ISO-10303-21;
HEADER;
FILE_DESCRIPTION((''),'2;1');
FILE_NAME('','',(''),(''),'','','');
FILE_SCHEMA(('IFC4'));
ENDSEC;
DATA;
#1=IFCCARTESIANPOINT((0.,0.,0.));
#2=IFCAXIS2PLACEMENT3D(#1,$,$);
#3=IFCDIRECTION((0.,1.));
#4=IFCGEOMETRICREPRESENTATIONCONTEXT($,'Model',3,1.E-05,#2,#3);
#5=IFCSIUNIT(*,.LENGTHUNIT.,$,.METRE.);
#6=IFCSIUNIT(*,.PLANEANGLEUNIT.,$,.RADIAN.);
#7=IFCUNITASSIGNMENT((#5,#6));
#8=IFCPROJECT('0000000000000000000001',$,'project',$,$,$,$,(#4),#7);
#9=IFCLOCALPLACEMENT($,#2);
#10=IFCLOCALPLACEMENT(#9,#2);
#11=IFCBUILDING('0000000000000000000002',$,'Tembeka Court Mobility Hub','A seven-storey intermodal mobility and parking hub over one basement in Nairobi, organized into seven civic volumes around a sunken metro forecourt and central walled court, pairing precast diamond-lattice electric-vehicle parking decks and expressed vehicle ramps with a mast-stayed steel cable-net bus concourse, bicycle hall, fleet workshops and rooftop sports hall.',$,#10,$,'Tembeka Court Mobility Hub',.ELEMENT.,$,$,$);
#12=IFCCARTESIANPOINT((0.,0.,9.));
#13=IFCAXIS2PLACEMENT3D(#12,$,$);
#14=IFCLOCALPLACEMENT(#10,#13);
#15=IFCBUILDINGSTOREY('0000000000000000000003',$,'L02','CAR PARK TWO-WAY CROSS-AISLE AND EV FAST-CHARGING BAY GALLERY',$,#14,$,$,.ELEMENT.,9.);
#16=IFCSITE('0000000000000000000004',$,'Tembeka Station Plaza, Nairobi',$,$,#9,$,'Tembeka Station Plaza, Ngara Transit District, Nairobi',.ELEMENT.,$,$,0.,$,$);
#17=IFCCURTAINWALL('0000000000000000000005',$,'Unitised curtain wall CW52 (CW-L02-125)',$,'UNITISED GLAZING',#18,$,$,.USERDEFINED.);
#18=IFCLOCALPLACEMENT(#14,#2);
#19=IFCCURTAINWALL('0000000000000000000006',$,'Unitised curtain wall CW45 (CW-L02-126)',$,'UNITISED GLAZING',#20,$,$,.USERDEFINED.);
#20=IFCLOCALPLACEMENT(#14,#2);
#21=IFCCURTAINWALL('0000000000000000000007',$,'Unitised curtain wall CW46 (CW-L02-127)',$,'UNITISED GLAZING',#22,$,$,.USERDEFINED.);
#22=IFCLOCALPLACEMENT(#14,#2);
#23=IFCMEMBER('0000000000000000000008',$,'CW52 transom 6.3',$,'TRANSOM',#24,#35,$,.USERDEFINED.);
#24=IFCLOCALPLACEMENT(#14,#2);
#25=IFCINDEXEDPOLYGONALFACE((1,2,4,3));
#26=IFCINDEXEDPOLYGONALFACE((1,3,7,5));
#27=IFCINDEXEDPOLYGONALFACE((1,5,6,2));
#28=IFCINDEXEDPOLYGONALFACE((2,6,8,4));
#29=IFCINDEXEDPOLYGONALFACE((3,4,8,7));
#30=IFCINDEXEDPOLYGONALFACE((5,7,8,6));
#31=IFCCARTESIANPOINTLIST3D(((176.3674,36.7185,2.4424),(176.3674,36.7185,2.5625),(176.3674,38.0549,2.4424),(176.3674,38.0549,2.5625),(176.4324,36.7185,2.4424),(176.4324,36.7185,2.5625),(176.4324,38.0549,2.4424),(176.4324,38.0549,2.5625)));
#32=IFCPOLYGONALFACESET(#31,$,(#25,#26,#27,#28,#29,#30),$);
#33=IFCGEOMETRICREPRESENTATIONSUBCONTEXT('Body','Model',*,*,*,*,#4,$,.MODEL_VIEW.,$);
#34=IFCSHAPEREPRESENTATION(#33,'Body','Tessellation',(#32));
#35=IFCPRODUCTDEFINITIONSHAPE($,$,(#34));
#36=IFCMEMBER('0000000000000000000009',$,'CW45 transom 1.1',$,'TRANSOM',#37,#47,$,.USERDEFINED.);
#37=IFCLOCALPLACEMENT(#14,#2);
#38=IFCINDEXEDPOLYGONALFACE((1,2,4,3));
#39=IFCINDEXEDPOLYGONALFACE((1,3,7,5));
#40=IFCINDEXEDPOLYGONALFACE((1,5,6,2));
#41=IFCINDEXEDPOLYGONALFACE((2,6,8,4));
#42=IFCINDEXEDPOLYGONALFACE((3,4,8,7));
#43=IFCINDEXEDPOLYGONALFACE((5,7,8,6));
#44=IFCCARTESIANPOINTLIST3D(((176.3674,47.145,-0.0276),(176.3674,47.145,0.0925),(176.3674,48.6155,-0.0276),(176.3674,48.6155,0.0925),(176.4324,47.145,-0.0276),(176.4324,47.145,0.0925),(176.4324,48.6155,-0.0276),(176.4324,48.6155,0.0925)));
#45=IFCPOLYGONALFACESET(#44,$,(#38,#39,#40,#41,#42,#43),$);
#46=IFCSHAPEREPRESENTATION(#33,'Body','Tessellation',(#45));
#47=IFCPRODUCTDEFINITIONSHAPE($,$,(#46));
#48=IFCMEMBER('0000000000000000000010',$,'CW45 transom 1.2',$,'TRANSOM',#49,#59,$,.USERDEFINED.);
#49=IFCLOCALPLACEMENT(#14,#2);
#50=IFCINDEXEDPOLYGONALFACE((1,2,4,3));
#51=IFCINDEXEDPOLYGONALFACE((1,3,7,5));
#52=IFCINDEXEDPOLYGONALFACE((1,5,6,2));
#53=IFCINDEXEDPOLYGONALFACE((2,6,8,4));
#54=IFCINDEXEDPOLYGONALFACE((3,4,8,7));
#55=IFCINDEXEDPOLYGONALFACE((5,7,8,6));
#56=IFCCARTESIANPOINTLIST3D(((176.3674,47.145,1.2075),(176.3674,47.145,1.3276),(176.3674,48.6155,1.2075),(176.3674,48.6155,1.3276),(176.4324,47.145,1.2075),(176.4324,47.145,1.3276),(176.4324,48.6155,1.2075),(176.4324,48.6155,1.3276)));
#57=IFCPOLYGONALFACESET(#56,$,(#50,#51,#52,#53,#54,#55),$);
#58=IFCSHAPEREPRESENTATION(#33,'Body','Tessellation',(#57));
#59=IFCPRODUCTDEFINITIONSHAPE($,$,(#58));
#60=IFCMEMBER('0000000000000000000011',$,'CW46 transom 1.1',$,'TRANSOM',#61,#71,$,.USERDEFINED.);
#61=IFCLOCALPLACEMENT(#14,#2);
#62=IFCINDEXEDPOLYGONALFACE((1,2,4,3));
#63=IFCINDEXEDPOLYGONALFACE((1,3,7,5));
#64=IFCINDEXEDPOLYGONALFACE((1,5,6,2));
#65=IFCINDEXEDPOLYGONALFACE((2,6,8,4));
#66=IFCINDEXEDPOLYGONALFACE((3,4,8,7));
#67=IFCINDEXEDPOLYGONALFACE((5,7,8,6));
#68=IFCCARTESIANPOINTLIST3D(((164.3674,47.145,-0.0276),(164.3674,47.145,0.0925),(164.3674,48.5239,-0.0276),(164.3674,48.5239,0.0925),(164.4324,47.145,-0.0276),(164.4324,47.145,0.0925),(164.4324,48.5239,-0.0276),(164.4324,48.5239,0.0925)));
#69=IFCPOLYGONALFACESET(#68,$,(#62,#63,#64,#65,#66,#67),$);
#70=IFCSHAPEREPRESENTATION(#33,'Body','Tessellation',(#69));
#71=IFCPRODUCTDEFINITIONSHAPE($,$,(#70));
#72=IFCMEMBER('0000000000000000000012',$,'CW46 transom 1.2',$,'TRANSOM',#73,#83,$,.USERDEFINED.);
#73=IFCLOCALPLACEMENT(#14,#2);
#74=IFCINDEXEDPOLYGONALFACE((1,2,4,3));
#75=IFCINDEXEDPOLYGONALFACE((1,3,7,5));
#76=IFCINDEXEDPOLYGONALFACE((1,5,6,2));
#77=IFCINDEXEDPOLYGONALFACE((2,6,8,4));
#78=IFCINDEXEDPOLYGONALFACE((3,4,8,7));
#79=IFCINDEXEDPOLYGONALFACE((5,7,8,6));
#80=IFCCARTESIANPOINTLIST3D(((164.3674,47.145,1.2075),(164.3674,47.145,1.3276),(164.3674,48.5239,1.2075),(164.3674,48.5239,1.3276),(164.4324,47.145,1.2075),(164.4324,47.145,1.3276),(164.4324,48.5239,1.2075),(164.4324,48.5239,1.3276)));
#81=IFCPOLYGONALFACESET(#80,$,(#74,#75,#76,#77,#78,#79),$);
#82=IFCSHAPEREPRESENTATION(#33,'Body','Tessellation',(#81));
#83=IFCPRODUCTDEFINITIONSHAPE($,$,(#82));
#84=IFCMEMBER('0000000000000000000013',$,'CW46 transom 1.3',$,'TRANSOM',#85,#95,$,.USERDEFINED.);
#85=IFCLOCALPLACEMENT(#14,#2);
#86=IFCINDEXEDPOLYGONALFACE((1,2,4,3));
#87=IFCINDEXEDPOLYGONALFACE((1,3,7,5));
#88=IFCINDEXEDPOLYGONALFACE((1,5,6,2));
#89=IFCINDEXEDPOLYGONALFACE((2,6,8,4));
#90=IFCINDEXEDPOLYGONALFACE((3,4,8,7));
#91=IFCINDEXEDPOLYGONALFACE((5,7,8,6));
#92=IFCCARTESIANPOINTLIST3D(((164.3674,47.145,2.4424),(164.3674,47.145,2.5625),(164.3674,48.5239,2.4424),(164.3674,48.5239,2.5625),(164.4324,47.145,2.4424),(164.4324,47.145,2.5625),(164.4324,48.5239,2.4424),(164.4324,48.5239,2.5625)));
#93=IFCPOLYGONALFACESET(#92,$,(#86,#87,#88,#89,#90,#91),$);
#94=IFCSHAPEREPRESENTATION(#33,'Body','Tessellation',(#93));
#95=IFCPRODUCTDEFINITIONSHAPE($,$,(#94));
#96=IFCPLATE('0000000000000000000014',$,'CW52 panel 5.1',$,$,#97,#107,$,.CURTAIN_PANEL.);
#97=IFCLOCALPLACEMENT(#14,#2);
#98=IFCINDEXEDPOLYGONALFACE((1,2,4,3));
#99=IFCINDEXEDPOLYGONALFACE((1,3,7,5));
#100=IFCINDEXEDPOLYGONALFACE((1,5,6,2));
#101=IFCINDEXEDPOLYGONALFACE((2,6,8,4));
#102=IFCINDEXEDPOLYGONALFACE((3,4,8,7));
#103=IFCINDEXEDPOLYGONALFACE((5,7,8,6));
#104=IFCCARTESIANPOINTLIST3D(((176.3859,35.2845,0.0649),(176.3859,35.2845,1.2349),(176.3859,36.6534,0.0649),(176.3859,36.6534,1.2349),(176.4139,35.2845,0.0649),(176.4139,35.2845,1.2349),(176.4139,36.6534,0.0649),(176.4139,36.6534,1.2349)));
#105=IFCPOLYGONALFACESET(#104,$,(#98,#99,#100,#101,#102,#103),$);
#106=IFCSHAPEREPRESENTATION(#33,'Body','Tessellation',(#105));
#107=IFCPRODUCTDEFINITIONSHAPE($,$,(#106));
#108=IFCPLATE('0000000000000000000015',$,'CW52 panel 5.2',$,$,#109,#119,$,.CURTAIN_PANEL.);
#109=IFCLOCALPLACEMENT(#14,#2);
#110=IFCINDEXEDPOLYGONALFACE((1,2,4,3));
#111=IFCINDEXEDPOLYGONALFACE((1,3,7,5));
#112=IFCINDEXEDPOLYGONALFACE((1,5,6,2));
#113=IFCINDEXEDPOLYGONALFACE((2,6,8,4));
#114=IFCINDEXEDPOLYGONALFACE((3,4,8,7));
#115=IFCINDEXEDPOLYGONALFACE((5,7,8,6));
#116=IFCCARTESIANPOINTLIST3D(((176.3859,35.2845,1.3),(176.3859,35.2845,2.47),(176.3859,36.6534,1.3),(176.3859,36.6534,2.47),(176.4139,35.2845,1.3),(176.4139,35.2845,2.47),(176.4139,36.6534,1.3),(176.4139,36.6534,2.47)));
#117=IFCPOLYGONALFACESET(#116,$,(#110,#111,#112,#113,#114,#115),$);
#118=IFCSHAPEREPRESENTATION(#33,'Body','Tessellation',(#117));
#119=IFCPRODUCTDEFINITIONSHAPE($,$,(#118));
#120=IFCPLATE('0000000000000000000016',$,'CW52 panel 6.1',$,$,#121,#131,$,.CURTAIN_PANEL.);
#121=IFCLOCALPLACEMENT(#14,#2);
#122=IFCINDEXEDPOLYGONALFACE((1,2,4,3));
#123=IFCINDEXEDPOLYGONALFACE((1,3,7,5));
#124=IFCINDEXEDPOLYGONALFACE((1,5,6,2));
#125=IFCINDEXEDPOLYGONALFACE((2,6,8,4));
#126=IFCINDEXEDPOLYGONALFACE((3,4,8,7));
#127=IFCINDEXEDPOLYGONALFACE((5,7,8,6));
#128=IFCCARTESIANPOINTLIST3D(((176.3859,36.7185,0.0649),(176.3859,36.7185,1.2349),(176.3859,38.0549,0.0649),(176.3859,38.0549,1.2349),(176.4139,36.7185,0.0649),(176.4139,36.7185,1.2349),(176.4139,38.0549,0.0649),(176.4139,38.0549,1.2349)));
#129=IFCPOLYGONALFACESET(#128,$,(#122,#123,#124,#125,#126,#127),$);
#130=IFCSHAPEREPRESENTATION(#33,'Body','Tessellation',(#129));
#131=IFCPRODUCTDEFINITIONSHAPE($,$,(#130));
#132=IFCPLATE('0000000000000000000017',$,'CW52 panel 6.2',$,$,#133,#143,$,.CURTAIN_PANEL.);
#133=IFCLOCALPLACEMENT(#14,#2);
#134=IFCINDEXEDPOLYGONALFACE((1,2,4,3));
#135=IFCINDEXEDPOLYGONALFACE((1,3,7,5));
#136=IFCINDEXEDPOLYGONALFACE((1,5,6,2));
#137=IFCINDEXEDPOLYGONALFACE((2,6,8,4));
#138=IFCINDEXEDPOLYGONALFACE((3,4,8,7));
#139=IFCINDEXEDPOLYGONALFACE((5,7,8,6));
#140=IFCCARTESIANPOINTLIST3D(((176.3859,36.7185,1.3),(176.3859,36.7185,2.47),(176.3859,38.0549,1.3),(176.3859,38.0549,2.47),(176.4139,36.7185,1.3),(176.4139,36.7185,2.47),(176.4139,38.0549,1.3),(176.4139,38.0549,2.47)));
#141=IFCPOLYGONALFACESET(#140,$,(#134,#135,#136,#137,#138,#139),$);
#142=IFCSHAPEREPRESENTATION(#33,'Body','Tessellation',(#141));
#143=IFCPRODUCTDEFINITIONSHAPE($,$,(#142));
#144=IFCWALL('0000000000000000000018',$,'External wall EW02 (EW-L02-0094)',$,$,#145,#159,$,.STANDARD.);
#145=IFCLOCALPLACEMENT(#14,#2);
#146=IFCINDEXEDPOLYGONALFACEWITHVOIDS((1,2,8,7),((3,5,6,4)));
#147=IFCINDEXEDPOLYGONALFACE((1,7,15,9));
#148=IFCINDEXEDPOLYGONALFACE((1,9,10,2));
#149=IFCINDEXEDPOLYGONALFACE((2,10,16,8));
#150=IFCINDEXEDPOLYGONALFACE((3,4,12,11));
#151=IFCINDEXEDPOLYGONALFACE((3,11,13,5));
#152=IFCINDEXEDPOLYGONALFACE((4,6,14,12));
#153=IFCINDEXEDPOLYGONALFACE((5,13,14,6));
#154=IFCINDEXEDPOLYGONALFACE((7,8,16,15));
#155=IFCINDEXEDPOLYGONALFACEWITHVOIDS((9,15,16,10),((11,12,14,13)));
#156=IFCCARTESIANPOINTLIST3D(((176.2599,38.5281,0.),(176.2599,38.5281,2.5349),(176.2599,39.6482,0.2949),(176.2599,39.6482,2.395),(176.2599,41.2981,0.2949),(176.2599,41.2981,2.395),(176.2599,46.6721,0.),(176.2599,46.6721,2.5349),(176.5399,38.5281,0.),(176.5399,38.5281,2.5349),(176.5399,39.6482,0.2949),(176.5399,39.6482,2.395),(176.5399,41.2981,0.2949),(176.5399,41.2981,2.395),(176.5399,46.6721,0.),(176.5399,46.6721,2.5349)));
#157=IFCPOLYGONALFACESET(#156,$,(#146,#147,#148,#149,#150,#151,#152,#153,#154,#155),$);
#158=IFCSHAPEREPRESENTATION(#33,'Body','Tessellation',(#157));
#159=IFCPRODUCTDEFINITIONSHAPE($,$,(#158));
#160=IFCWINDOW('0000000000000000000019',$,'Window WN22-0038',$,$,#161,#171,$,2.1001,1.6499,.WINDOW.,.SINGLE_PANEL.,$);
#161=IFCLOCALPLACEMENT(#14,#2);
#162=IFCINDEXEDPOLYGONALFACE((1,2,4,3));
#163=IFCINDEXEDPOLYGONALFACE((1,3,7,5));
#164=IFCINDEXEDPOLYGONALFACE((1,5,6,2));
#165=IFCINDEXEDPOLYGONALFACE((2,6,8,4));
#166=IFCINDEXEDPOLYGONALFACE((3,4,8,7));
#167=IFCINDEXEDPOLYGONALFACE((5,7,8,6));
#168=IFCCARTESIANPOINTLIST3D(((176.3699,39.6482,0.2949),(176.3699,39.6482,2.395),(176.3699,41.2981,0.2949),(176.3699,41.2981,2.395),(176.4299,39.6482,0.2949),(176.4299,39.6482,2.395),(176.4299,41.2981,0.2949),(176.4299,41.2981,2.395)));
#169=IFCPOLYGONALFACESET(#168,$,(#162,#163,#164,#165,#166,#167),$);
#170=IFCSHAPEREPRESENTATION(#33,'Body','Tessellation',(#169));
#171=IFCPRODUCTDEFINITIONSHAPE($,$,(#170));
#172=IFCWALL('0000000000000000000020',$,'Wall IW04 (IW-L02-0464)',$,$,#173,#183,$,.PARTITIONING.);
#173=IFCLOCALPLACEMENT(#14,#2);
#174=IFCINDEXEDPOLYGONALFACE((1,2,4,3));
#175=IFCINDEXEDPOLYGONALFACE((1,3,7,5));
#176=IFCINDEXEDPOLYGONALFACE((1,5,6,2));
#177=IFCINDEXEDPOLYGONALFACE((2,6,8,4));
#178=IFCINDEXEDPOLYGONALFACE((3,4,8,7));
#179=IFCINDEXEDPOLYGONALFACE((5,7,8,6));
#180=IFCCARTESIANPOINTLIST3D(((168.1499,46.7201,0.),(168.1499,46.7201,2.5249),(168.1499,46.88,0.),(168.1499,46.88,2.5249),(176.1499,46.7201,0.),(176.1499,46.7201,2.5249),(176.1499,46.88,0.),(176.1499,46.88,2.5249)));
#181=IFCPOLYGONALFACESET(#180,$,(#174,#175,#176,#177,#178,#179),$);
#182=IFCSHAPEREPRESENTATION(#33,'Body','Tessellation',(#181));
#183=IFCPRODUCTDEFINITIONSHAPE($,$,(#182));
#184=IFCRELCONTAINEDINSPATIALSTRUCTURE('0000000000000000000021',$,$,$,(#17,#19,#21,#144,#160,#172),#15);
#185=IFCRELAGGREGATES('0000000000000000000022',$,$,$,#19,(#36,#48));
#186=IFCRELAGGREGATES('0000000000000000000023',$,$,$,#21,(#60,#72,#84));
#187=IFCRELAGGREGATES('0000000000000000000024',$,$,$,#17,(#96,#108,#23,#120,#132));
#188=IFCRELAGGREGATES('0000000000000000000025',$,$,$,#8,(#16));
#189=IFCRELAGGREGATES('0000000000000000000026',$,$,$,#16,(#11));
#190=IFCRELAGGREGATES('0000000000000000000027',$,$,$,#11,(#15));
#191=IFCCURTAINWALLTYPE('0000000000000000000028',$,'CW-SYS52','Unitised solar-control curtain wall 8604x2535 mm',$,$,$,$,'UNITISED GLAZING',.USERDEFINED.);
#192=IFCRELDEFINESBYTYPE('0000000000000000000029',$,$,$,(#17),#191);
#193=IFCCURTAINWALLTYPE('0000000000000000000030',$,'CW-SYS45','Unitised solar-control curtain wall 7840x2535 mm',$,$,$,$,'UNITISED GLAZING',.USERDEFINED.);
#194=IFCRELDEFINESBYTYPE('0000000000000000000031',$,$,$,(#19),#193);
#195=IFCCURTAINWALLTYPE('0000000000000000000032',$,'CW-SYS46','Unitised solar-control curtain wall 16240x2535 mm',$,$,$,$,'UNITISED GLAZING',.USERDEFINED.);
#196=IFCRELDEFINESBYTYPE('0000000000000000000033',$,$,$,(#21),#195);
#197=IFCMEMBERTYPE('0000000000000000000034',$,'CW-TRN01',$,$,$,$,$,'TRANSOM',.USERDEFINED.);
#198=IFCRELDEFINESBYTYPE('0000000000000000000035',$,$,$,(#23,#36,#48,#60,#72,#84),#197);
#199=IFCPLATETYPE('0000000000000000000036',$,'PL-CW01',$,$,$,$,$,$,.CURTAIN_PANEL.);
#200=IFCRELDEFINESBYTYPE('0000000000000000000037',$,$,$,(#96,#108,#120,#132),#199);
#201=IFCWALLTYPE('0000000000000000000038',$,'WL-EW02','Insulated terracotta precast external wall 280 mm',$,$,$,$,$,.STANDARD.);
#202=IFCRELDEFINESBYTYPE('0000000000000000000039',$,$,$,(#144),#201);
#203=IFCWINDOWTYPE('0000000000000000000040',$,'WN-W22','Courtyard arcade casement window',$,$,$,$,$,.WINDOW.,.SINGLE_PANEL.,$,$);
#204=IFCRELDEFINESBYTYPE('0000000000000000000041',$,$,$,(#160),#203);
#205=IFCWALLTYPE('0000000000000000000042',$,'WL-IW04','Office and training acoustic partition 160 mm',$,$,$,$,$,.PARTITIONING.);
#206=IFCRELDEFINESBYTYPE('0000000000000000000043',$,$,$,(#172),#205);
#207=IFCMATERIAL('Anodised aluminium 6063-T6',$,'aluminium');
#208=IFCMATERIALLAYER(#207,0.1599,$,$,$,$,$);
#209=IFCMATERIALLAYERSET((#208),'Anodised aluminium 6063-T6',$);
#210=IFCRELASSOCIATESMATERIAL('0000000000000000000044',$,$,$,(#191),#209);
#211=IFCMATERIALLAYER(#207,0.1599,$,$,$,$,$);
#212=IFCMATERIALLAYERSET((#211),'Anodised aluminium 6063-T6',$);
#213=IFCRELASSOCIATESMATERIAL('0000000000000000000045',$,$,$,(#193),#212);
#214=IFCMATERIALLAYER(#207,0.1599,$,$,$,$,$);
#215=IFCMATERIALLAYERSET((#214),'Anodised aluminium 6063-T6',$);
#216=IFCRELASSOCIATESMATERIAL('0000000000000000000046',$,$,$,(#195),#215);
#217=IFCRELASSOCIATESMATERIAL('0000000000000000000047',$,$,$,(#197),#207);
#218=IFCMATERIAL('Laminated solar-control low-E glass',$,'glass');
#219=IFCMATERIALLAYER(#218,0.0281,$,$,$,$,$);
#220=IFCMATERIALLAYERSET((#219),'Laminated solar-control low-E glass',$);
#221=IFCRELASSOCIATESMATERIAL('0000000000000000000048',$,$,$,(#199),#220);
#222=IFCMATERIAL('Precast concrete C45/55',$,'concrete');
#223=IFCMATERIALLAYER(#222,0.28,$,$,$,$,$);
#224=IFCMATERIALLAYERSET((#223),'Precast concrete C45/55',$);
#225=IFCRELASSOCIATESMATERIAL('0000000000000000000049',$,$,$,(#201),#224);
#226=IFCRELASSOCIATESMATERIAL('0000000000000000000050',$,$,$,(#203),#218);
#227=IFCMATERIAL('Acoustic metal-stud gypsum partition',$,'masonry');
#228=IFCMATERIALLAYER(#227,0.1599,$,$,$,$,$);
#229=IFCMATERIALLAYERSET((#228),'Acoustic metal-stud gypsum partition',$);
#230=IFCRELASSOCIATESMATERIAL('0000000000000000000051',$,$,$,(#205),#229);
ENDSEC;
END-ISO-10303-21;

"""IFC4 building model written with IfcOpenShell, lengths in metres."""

from ifc_helpers import new_model, si_unit, direction, frame, frame_2d, origin, origin_2d, place, context, subcontext, project, spatial, rectangle, extrude, material, layer, layer_set, material_profile, profile_set, type_object, element, fill, aggregate, save


model = new_model("IFC4")

# Units and contexts
model_context = context("Model", 3, precision=1e-05, world=origin(), true_north=direction((0.0, 1.0)))
body_context = subcontext(model_context, "Body", "Model", "MODEL_VIEW")
ifc_project = project(units=[si_unit("LENGTHUNIT", "METRE"), si_unit("PLANEANGLEUNIT", "RADIAN")], contexts=[model_context])

# Site, building, storey
site_placement = place(None, origin())
site = spatial("IfcSite", under=ifc_project, at=site_placement, Name="Tembeka Station Plaza, Nairobi", LongName="Tembeka Station Plaza, Ngara Transit District, Nairobi", CompositionType="ELEMENT", RefElevation=0.0)
building_placement = place(site_placement, origin())
building = spatial("IfcBuilding", under=site, at=building_placement, Name="Tembeka Court Mobility Hub", Description="A seven-storey intermodal mobility and parking hub over one basement in Nairobi, organized into seven civic volumes around a sunken metro forecourt and central walled court, pairing precast diamond-lattice electric-vehicle parking decks and expressed vehicle ramps with a mast-stayed steel cable-net bus concourse, bicycle hall, fleet workshops and rooftop sports hall.", LongName="Tembeka Court Mobility Hub", CompositionType="ELEMENT")
storey_placement = place(building_placement, frame((0.0, 0.0, 9.0)))
storey = spatial("IfcBuildingStorey", under=building, at=storey_placement, Name="L02", Description="CAR PARK TWO-WAY CROSS-AISLE AND EV FAST-CHARGING BAY GALLERY", CompositionType="ELEMENT", Elevation=9.0)

# Curtain wall
ifc_material_1 = material(Name="Anodised aluminium 6063-T6", Category="aluminium")
ifc_layer_1 = layer(ifc_material_1, 0.1599)
ifc_layer_set_1 = layer_set([ifc_layer_1], Name="Anodised aluminium 6063-T6")
curtain_wall_type_1 = type_object("IfcCurtainWallType", Name="CW-SYS52", Description="Unitised solar-control curtain wall 8604x2535 mm", ElementType="UNITISED GLAZING", PredefinedType="USERDEFINED", material=ifc_layer_set_1)
curtain_wall_1_placement = place(storey_placement, origin())
curtain_wall_1 = element("IfcCurtainWall", 1, at=curtain_wall_1_placement, inside=storey, type_object=curtain_wall_type_1, Name="Unitised curtain wall CW52 (CW-L02-125)", ObjectType="UNITISED GLAZING", PredefinedType="USERDEFINED")

# Curtain walls
ifc_layer_2 = layer(ifc_material_1, 0.1599)
ifc_layer_set_2 = layer_set([ifc_layer_2], Name="Anodised aluminium 6063-T6")
curtain_wall_type_2 = type_object("IfcCurtainWallType", Name="CW-SYS45", Description="Unitised solar-control curtain wall 7840x2535 mm", ElementType="UNITISED GLAZING", PredefinedType="USERDEFINED", material=ifc_layer_set_2)
curtain_wall_2_placement = place(storey_placement, origin())
curtain_wall_2 = element("IfcCurtainWall", 2, at=curtain_wall_2_placement, inside=storey, type_object=curtain_wall_type_2, Name="Unitised curtain wall CW45 (CW-L02-126)", ObjectType="UNITISED GLAZING", PredefinedType="USERDEFINED")
ifc_layer_3 = layer(ifc_material_1, 0.1599)
ifc_layer_set_3 = layer_set([ifc_layer_3], Name="Anodised aluminium 6063-T6")
curtain_wall_type_3 = type_object("IfcCurtainWallType", Name="CW-SYS46", Description="Unitised solar-control curtain wall 16240x2535 mm", ElementType="UNITISED GLAZING", PredefinedType="USERDEFINED", material=ifc_layer_set_3)
curtain_wall_3_placement = place(storey_placement, origin())
curtain_wall_3 = element("IfcCurtainWall", 3, at=curtain_wall_3_placement, inside=storey, type_object=curtain_wall_type_3, Name="Unitised curtain wall CW46 (CW-L02-127)", ObjectType="UNITISED GLAZING", PredefinedType="USERDEFINED")

# Members
ifc_material_profile_1 = material_profile(ifc_material_1, rectangle(XDim=0.0649, YDim=0.1201, at=origin_2d()), Name="ALU-TRN 65x120")
ifc_profile_set_1 = profile_set([ifc_material_profile_1], Name="Anodised aluminium 6063-T6")
member_type_1 = type_object("IfcMemberType", Name="CW-TRN01", ElementType="TRANSOM", PredefinedType="USERDEFINED", material=ifc_profile_set_1)
member_1_placement = place(storey_placement, frame((176.3999, 36.7185, 2.5024), z_axis=(0.0, 1.0, 0.0), x_axis=(-1.0, 0.0, 0.0)))
member_1 = element("IfcMember", 4, at=member_1_placement, type_object=member_type_1, Name="CW52 transom 6.3", ObjectType="TRANSOM", PredefinedType="USERDEFINED", context=body_context, shape_type="SweptSolid", body=[
    extrude(rectangle(XDim=0.0649, YDim=0.1201, at=origin_2d()), origin(), (0.0, 0.0, 1.0), 1.3364),
])
member_2_placement = place(storey_placement, frame((176.3999, 47.145, 0.0325), z_axis=(0.0, 1.0, 0.0), x_axis=(-1.0, 0.0, 0.0)))
member_2 = element("IfcMember", 5, at=member_2_placement, type_object=member_type_1, Name="CW45 transom 1.1", ObjectType="TRANSOM", PredefinedType="USERDEFINED", context=body_context, shape_type="SweptSolid", body=[
    extrude(rectangle(XDim=0.0649, YDim=0.1201, at=origin_2d()), origin(), (0.0, 0.0, 1.0), 1.4705),
])
member_3_placement = place(storey_placement, frame((176.3999, 47.145, 1.2676), z_axis=(0.0, 1.0, 0.0), x_axis=(-1.0, 0.0, 0.0)))
member_3 = element("IfcMember", 6, at=member_3_placement, type_object=member_type_1, Name="CW45 transom 1.2", ObjectType="TRANSOM", PredefinedType="USERDEFINED", context=body_context, shape_type="SweptSolid", body=[
    extrude(rectangle(XDim=0.0649, YDim=0.1201, at=origin_2d()), origin(), (0.0, 0.0, 1.0), 1.4705),
])
aggregate(curtain_wall_2, [member_2, member_3])
member_4_placement = place(storey_placement, frame((164.3999, 47.145, 0.0325), z_axis=(0.0, 1.0, 0.0), x_axis=(-1.0, 0.0, 0.0)))
member_4 = element("IfcMember", 7, at=member_4_placement, type_object=member_type_1, Name="CW46 transom 1.1", ObjectType="TRANSOM", PredefinedType="USERDEFINED", context=body_context, shape_type="SweptSolid", body=[
    extrude(rectangle(XDim=0.0649, YDim=0.1201, at=origin_2d()), origin(), (0.0, 0.0, 1.0), 1.3789),
])
member_5_placement = place(storey_placement, frame((164.3999, 47.145, 1.2676), z_axis=(0.0, 1.0, 0.0), x_axis=(-1.0, 0.0, 0.0)))
member_5 = element("IfcMember", 8, at=member_5_placement, type_object=member_type_1, Name="CW46 transom 1.2", ObjectType="TRANSOM", PredefinedType="USERDEFINED", context=body_context, shape_type="SweptSolid", body=[
    extrude(rectangle(XDim=0.0649, YDim=0.1201, at=origin_2d()), origin(), (0.0, 0.0, 1.0), 1.3789),
])
member_6_placement = place(storey_placement, frame((164.3999, 47.145, 2.5024), z_axis=(0.0, 1.0, 0.0), x_axis=(-1.0, 0.0, 0.0)))
member_6 = element("IfcMember", 9, at=member_6_placement, type_object=member_type_1, Name="CW46 transom 1.3", ObjectType="TRANSOM", PredefinedType="USERDEFINED", context=body_context, shape_type="SweptSolid", body=[
    extrude(rectangle(XDim=0.0649, YDim=0.1201, at=origin_2d()), origin(), (0.0, 0.0, 1.0), 1.3789),
])
aggregate(curtain_wall_3, [member_4, member_5, member_6])

# Plates
ifc_material_2 = material(Name="Laminated solar-control low-E glass", Category="glass")
ifc_layer_4 = layer(ifc_material_2, 0.0281)
ifc_layer_set_4 = layer_set([ifc_layer_4], Name="Laminated solar-control low-E glass")
plate_type = type_object("IfcPlateType", Name="PL-CW01", PredefinedType="CURTAIN_PANEL", material=ifc_layer_set_4)
plate_1_placement = place(storey_placement, frame((176.3999, 35.969, 0.0649), z_axis=(0.0, 0.0, 1.0), x_axis=(0.0, 1.0, 0.0)))
plate_1 = element("IfcPlate", 10, at=plate_1_placement, type_object=plate_type, Name="CW52 panel 5.1", PredefinedType="CURTAIN_PANEL", context=body_context, shape_type="SweptSolid", body=[
    extrude(rectangle(XDim=1.3689, YDim=0.0281, at=origin_2d()), origin(), (0.0, 0.0, 1.0), 1.1699),
])
plate_2_placement = place(storey_placement, frame((176.3999, 35.969, 1.3), z_axis=(0.0, 0.0, 1.0), x_axis=(0.0, 1.0, 0.0)))
plate_2 = element("IfcPlate", 11, at=plate_2_placement, type_object=plate_type, Name="CW52 panel 5.2", PredefinedType="CURTAIN_PANEL", context=body_context, shape_type="SweptSolid", body=[
    extrude(rectangle(XDim=1.3689, YDim=0.0281, at=origin_2d()), origin(), (0.0, 0.0, 1.0), 1.1699),
])
plate_3_placement = place(storey_placement, frame((176.3999, 37.3867, 0.0649), z_axis=(0.0, 0.0, 1.0), x_axis=(0.0, 1.0, 0.0)))
plate_3 = element("IfcPlate", 12, at=plate_3_placement, type_object=plate_type, Name="CW52 panel 6.1", PredefinedType="CURTAIN_PANEL", context=body_context, shape_type="SweptSolid", body=[
    extrude(rectangle(XDim=1.3364, YDim=0.0281, at=origin_2d()), origin(), (0.0, 0.0, 1.0), 1.1699),
])
plate_4_placement = place(storey_placement, frame((176.3999, 37.3867, 1.3), z_axis=(0.0, 0.0, 1.0), x_axis=(0.0, 1.0, 0.0)))
plate_4 = element("IfcPlate", 13, at=plate_4_placement, type_object=plate_type, Name="CW52 panel 6.2", PredefinedType="CURTAIN_PANEL", context=body_context, shape_type="SweptSolid", body=[
    extrude(rectangle(XDim=1.3364, YDim=0.0281, at=origin_2d()), origin(), (0.0, 0.0, 1.0), 1.1699),
])
aggregate(curtain_wall_1, [plate_1, plate_2, member_1, plate_3, plate_4])

# Wall, opening, window
ifc_material_3 = material(Name="Precast concrete C45/55", Category="concrete")
ifc_layer_5 = layer(ifc_material_3, 0.28)
ifc_layer_set_5 = layer_set([ifc_layer_5], Name="Precast concrete C45/55")
wall_type_1 = type_object("IfcWallType", Name="WL-EW02", Description="Insulated terracotta precast external wall 280 mm", PredefinedType="STANDARD", material=ifc_layer_set_5)
wall_1_placement = place(storey_placement, frame((176.3999, 38.5281, 0.0), z_axis=(0.0, 0.0, 1.0), x_axis=(0.0, 1.0, 0.0)))
wall_1 = element("IfcWall", 14, at=wall_1_placement, inside=storey, type_object=wall_type_1, Name="External wall EW02 (EW-L02-0094)", PredefinedType="STANDARD", context=body_context, shape_type="SweptSolid", body=[
    extrude(rectangle(XDim=8.144, YDim=0.28, at=frame_2d((4.072, 0.0))), origin(), (0.0, 0.0, 1.0), 2.5349),
])
opening_placement = place(wall_1_placement, frame((1.1201, 0.0, 0.2949)))
opening = element("IfcOpeningElement", 15, at=opening_placement, cuts=wall_1, PredefinedType="OPENING", context=body_context, shape_type="SweptSolid", body=[
    extrude(rectangle(XDim=1.6499, YDim=2.1001, at=frame_2d((0.825, 1.05))), frame((0.0, 0.1499, 0.0), z_axis=(0.0, -1.0, 0.0), x_axis=(1.0, 0.0, 0.0)), (0.0, 0.0, 1.0), 0.3),
])
window_type = type_object("IfcWindowType", Name="WN-W22", Description="Courtyard arcade casement window", PartitioningType="SINGLE_PANEL", PredefinedType="WINDOW", material=ifc_material_2)
window_placement = place(opening_placement, origin())
window = element("IfcWindow", 16, at=window_placement, inside=storey, type_object=window_type, Name="Window WN22-0038", OverallHeight=2.1001, OverallWidth=1.6499, PartitioningType="SINGLE_PANEL", PredefinedType="WINDOW", context=body_context, shape_type="SweptSolid", body=[
    extrude(rectangle(XDim=1.6499, YDim=2.1001, at=frame_2d((0.825, 1.05))), frame((0.0, 0.03, 0.0), z_axis=(0.0, -1.0, 0.0), x_axis=(1.0, 0.0, 0.0)), (0.0, 0.0, 1.0), 0.0601),
])
fill(opening, window)

# Wall
ifc_material_4 = material(Name="Acoustic metal-stud gypsum partition", Category="masonry")
ifc_layer_6 = layer(ifc_material_4, 0.1599)
ifc_layer_set_6 = layer_set([ifc_layer_6], Name="Acoustic metal-stud gypsum partition")
wall_type_2 = type_object("IfcWallType", Name="WL-IW04", Description="Office and training acoustic partition 160 mm", PredefinedType="PARTITIONING", material=ifc_layer_set_6)
wall_2_placement = place(storey_placement, frame((168.1499, 46.8, 0.0), z_axis=(0.0, 0.0, 1.0), x_axis=(1.0, 0.0, 0.0)))
element("IfcWall", 17, at=wall_2_placement, inside=storey, type_object=wall_type_2, Name="Wall IW04 (IW-L02-0464)", PredefinedType="PARTITIONING", context=body_context, shape_type="SweptSolid", body=[
    extrude(rectangle(XDim=8.0, YDim=0.1599, at=frame_2d((4.0, 0.0))), origin(), (0.0, 0.0, 1.0), 2.5249),
])

save(model, "model.ifc")
